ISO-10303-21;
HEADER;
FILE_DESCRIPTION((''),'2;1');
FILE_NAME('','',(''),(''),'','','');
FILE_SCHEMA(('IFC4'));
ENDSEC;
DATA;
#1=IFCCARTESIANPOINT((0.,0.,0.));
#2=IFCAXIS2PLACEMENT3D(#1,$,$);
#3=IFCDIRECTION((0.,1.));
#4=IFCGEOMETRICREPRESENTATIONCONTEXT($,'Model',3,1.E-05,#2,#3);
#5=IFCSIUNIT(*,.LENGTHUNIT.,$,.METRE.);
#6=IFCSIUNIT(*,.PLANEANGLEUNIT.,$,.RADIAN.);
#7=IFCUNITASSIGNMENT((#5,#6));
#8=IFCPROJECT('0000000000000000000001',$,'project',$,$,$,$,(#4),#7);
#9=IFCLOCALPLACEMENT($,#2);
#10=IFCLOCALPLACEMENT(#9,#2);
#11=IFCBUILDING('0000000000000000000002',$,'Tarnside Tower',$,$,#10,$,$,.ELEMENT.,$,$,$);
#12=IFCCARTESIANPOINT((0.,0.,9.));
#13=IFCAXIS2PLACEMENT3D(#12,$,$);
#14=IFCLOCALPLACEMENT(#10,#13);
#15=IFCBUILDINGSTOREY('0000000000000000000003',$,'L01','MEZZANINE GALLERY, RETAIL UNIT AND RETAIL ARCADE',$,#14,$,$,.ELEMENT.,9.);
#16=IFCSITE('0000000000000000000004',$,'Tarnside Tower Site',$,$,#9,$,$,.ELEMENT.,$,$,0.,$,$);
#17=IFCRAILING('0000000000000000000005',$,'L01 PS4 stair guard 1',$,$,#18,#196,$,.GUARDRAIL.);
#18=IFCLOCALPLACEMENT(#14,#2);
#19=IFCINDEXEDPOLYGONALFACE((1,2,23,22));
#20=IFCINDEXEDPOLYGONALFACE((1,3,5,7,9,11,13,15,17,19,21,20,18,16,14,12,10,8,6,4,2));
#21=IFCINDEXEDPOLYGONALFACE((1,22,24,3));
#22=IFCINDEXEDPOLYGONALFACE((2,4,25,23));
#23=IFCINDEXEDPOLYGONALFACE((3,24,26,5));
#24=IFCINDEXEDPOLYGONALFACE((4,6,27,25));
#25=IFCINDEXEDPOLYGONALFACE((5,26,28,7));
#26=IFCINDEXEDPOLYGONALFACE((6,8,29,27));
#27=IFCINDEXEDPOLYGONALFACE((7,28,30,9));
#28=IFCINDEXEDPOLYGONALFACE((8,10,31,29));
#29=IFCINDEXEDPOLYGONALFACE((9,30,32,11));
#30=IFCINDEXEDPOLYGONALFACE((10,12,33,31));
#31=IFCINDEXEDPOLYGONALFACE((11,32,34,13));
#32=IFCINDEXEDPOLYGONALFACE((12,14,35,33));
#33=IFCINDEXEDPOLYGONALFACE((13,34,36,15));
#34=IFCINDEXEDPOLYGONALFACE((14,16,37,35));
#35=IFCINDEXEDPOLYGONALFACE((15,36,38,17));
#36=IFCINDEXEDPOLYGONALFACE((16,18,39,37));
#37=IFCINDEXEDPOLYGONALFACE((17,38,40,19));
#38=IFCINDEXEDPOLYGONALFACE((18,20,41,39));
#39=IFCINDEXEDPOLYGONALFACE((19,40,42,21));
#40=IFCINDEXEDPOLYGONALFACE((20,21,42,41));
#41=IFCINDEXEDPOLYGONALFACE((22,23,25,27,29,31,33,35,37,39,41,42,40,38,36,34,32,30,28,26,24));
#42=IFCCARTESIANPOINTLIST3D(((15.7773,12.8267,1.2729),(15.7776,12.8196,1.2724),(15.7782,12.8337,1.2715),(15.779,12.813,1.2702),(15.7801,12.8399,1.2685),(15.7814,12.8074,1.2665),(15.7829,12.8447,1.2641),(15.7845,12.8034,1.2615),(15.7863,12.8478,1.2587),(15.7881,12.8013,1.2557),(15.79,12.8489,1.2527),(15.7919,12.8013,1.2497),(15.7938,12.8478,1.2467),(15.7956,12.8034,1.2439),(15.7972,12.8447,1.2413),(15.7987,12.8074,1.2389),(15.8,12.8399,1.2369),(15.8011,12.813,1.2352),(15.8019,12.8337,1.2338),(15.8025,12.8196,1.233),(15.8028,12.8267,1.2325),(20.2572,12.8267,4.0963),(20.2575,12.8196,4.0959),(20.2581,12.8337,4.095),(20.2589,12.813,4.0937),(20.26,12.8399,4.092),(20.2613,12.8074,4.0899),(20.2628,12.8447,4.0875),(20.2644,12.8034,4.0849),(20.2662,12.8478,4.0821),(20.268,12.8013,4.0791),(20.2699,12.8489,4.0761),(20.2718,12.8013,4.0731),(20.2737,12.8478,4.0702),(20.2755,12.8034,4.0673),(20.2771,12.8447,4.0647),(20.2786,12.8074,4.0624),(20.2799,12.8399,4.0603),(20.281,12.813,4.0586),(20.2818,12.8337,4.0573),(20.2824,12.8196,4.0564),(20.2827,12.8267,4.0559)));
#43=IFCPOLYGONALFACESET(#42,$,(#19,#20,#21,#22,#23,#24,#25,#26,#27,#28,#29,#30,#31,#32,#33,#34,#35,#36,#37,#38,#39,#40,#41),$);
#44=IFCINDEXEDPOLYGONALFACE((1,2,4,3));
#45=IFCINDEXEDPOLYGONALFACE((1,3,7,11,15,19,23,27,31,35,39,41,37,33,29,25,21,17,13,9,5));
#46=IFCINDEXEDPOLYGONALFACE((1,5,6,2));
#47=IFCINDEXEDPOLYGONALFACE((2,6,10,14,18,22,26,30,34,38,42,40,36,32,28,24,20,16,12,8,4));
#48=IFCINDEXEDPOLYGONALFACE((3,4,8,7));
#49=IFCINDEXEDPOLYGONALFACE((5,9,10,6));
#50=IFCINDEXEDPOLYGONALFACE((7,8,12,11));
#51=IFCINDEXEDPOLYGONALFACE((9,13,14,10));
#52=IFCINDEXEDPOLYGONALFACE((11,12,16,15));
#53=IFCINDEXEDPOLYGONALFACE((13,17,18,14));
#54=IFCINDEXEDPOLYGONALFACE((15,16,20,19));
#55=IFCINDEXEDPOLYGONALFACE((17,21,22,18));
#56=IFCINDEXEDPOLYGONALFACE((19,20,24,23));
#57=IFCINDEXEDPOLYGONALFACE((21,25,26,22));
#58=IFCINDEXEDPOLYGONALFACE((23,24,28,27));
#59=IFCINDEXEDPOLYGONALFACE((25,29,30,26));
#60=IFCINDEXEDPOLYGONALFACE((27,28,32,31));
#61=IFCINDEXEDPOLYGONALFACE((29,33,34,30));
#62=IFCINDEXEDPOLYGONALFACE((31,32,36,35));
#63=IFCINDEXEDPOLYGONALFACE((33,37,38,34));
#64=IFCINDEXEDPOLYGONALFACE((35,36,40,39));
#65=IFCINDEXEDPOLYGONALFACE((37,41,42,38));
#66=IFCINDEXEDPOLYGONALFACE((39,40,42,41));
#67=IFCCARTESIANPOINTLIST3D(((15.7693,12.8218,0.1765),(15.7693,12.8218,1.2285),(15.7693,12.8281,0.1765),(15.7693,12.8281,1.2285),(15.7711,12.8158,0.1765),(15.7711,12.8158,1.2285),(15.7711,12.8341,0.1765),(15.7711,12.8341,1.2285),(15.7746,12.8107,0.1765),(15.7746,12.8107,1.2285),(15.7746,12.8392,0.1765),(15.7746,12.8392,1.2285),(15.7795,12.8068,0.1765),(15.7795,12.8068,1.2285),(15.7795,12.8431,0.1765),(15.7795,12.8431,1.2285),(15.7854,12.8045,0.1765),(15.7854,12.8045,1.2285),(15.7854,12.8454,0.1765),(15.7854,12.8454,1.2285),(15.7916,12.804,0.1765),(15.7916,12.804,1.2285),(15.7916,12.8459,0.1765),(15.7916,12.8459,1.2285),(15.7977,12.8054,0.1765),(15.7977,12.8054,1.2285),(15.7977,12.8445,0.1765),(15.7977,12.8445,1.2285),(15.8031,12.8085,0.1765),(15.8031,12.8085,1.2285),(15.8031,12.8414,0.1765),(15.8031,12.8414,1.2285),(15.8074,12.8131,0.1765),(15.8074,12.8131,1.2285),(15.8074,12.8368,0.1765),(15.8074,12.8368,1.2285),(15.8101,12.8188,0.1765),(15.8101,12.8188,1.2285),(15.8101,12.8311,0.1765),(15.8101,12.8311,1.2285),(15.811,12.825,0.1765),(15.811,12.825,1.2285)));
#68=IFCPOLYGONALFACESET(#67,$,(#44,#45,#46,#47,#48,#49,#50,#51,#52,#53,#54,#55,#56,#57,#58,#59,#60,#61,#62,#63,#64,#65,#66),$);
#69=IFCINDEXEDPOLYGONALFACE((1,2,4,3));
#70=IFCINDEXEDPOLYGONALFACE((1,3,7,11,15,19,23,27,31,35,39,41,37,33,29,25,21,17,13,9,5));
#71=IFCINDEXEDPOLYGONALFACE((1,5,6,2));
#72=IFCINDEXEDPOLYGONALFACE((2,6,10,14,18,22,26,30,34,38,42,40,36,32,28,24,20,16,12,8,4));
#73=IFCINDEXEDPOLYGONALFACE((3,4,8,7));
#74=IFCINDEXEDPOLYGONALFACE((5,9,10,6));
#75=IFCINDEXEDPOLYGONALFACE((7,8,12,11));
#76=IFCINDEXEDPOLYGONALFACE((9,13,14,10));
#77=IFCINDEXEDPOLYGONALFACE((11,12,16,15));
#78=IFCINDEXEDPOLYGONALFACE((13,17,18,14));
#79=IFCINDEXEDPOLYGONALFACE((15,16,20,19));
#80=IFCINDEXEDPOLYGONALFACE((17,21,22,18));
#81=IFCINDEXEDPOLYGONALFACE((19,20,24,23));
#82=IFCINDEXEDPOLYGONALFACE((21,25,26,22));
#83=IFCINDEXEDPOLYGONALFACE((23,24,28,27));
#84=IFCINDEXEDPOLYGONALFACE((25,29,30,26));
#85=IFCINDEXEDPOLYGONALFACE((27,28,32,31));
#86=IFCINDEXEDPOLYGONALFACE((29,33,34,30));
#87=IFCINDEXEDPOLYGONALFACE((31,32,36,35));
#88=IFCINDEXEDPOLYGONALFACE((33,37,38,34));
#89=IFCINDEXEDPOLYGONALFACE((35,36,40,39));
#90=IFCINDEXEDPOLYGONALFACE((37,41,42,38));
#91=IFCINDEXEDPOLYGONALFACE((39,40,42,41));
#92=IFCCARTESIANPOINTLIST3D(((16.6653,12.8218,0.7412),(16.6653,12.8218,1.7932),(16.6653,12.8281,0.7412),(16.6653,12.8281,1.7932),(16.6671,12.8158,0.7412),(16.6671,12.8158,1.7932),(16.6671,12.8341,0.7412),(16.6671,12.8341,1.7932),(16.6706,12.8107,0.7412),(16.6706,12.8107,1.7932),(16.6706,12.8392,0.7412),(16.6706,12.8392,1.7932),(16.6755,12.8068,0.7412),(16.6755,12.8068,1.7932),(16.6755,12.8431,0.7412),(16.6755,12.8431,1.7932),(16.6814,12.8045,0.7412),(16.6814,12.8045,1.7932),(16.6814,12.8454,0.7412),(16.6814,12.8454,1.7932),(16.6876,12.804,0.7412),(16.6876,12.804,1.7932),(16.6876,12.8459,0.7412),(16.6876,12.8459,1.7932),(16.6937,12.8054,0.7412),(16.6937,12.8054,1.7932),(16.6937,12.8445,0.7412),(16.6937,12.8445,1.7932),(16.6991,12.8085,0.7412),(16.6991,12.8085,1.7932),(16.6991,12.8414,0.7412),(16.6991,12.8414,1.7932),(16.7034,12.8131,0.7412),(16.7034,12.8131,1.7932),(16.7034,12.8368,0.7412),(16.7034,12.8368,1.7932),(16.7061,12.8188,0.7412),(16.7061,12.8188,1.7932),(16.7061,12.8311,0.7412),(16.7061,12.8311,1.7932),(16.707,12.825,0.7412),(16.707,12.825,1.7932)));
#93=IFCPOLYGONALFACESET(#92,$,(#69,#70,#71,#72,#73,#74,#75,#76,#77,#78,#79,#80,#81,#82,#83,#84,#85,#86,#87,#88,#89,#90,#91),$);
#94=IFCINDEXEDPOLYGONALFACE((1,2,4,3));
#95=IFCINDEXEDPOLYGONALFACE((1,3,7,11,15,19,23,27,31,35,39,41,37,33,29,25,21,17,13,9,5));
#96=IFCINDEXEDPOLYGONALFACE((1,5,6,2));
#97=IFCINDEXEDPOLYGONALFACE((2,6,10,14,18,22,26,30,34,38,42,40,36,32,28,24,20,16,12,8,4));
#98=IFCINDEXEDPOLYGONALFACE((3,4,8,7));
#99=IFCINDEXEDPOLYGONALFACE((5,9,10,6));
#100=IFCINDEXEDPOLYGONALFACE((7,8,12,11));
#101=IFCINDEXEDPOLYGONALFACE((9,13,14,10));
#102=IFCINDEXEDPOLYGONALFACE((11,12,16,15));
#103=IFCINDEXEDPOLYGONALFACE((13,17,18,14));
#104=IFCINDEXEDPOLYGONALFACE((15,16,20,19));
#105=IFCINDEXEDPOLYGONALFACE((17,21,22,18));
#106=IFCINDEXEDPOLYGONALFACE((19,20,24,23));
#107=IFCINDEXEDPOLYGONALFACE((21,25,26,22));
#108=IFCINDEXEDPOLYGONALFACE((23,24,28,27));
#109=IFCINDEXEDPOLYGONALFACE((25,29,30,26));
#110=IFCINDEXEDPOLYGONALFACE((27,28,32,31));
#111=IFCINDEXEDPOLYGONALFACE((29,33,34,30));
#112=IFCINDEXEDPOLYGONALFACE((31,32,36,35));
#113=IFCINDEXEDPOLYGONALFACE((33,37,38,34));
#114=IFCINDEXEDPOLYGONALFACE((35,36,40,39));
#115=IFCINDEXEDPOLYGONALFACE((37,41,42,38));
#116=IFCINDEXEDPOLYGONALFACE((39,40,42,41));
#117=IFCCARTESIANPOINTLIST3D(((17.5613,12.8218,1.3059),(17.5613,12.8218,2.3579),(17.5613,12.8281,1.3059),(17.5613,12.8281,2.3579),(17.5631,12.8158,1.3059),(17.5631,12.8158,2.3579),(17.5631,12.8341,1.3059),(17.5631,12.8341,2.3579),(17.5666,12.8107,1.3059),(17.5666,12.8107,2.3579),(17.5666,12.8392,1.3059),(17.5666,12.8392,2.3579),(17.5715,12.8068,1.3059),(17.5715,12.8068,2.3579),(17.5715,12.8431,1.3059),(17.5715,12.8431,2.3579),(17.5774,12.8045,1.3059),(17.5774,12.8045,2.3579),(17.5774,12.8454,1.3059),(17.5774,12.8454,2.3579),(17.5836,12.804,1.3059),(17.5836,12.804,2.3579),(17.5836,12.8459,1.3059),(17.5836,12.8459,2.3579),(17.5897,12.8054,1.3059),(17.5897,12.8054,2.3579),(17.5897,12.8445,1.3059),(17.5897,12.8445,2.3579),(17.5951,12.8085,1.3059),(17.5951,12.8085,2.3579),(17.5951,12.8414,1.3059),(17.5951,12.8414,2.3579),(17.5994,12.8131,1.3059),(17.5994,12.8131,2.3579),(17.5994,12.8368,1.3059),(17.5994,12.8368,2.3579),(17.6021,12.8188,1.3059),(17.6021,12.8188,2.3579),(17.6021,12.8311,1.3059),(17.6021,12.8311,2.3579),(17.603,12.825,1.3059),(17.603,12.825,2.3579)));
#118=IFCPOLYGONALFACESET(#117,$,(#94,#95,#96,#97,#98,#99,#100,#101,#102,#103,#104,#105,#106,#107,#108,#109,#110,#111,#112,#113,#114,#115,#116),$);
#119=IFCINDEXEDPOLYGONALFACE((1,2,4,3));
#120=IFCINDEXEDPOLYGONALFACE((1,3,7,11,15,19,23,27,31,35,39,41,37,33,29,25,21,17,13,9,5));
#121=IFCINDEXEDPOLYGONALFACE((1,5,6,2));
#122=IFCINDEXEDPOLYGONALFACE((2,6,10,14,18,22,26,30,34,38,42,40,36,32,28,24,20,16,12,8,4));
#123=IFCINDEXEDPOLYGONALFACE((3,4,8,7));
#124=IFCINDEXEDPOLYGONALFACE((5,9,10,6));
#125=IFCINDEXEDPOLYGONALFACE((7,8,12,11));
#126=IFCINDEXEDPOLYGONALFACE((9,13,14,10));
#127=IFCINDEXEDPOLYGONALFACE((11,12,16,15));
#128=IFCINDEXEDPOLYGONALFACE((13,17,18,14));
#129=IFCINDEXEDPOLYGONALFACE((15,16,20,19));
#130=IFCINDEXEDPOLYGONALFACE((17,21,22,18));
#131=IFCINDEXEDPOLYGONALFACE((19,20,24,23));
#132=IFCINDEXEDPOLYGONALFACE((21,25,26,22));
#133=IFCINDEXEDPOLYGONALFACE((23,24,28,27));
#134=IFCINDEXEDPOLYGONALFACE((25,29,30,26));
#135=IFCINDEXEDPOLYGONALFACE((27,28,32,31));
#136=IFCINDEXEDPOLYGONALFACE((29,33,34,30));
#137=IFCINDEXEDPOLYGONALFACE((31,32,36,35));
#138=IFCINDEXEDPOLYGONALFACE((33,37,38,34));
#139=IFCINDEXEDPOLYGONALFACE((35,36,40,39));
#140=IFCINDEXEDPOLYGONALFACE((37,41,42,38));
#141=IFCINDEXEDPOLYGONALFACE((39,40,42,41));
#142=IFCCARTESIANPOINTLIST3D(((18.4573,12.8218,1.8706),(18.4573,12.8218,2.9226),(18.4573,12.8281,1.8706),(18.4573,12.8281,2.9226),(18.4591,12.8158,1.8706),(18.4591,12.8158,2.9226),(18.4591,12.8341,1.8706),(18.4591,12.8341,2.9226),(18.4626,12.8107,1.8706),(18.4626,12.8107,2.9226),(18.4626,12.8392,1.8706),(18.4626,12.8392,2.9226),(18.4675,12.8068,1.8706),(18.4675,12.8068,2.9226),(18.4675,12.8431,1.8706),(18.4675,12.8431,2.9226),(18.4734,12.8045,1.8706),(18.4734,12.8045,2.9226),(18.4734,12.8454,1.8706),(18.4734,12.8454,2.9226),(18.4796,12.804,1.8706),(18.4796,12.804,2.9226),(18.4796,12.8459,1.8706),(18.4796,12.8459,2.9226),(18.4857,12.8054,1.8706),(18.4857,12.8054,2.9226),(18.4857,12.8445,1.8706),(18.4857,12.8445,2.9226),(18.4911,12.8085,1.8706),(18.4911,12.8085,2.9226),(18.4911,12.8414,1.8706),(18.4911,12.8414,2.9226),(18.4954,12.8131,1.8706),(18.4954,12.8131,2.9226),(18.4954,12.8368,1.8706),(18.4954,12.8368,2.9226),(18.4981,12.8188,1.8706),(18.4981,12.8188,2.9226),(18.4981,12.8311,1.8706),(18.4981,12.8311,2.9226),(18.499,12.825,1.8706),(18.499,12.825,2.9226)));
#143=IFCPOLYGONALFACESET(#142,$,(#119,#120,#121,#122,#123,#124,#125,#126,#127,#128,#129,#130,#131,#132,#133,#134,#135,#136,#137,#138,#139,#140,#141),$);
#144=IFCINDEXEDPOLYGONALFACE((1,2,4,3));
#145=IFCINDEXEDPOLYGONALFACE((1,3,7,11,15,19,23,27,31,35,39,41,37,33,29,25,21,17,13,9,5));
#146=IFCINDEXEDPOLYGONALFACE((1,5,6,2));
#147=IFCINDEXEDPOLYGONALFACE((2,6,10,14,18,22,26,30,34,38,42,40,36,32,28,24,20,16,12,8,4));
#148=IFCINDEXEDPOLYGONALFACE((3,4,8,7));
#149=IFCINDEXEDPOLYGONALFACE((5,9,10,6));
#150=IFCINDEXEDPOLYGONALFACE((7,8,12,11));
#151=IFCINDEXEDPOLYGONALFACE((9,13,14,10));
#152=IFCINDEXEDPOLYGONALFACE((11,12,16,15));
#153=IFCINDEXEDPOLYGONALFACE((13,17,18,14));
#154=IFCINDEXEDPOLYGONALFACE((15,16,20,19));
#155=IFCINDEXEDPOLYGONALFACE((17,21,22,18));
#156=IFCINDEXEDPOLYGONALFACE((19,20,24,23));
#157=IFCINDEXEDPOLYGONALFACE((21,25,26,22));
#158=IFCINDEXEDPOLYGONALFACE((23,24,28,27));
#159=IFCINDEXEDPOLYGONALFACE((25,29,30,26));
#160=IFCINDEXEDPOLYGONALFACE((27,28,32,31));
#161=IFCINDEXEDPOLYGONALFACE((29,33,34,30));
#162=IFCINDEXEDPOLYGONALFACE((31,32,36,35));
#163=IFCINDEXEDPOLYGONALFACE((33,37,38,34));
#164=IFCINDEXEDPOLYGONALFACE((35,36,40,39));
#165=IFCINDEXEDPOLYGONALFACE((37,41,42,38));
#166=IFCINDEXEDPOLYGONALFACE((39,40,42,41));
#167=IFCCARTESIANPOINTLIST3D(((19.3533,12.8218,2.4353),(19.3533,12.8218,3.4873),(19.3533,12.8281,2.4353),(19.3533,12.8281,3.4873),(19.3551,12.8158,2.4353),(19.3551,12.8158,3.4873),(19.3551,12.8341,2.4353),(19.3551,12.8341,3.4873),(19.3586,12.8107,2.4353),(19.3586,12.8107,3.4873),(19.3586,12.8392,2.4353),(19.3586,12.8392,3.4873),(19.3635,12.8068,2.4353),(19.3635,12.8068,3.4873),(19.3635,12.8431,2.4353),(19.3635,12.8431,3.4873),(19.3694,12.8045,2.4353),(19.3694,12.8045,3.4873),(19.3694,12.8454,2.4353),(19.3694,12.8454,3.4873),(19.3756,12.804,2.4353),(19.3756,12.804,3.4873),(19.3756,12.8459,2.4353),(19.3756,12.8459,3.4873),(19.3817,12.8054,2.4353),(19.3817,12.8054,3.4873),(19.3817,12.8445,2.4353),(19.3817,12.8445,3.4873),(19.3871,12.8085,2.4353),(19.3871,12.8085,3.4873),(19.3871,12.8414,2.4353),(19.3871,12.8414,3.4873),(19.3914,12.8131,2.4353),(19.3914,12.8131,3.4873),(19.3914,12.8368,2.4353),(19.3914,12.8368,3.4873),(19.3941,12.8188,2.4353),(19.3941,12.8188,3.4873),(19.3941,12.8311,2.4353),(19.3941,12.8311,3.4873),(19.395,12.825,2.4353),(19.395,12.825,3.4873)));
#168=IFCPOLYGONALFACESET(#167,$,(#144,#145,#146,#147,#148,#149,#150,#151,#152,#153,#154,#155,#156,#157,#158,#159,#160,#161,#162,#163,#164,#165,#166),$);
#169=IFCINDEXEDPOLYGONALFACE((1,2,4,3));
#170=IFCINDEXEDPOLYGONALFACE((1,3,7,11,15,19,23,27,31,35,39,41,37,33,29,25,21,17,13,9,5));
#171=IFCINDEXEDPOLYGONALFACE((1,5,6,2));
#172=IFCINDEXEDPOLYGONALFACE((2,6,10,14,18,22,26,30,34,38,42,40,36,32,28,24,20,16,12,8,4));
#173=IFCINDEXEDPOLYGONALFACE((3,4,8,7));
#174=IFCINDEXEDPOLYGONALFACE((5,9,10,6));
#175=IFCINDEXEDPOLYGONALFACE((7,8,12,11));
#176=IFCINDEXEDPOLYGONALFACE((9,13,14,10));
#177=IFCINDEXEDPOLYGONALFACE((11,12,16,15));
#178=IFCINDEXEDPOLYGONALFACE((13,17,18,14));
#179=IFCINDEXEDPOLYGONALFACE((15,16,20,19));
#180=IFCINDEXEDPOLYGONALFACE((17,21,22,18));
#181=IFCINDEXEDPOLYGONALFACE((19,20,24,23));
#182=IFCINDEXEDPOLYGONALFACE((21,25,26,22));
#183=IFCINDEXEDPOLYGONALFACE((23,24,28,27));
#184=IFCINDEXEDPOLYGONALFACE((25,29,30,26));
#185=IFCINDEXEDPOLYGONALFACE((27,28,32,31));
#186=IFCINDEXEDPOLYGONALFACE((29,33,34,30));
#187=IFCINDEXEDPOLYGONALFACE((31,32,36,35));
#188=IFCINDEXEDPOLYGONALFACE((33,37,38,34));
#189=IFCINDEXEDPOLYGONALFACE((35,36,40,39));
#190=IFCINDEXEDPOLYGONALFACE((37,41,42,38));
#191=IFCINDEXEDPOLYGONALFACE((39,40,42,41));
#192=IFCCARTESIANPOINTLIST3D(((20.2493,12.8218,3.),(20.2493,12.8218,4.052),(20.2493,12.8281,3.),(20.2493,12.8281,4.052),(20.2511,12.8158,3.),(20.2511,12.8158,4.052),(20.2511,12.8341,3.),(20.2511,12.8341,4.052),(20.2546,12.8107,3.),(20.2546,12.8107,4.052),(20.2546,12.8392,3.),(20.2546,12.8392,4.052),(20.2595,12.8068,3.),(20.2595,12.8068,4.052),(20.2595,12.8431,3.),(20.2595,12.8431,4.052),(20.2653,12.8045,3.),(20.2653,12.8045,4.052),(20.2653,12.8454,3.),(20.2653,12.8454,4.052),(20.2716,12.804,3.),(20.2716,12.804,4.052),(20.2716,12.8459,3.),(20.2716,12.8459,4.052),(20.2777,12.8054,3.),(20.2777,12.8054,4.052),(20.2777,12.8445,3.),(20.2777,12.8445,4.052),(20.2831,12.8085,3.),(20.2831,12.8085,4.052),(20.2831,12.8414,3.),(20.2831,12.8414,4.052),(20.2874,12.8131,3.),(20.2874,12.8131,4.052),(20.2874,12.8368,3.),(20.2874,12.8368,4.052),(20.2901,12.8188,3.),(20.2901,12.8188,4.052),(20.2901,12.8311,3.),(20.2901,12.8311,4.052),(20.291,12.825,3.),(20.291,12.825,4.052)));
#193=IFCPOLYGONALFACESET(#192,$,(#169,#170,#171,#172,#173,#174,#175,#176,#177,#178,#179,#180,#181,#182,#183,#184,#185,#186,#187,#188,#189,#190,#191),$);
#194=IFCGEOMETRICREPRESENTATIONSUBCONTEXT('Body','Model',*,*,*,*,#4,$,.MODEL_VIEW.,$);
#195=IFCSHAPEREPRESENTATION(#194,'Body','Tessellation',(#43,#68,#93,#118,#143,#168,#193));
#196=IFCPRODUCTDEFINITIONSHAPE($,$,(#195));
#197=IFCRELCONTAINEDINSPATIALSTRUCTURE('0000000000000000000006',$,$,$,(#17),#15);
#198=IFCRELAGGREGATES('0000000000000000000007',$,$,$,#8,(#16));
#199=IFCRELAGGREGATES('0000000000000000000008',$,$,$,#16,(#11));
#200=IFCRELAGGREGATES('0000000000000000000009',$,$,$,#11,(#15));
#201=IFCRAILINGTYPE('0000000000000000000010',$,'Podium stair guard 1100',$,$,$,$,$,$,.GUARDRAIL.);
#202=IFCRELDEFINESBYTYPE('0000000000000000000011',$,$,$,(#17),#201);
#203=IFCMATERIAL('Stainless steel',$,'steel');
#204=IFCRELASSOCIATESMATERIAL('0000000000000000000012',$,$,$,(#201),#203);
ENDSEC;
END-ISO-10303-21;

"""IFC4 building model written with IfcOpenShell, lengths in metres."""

from ifc_helpers import new_model, si_unit, direction, frame, origin, origin_2d, place, context, subcontext, project, spatial, circle, extrude, material, type_object, element, save


model = new_model("IFC4")

# Units and contexts
model_context = context("Model", 3, precision=1e-05, world=origin(), true_north=direction((0.0, 1.0)))
body_context = subcontext(model_context, "Body", "Model", "MODEL_VIEW")
ifc_project = project(units=[si_unit("LENGTHUNIT", "METRE"), si_unit("PLANEANGLEUNIT", "RADIAN")], contexts=[model_context])

# Site, building, storey
site_placement = place(None, origin())
site = spatial("IfcSite", under=ifc_project, at=site_placement, Name="Tarnside Tower Site", CompositionType="ELEMENT", RefElevation=0.0)
building_placement = place(site_placement, origin())
building = spatial("IfcBuilding", under=site, at=building_placement, Name="Tarnside Tower", CompositionType="ELEMENT")
storey_placement = place(building_placement, frame((0.0, 0.0, 9.0)))
storey = spatial("IfcBuildingStorey", under=building, at=storey_placement, Name="L01", Description="MEZZANINE GALLERY, RETAIL UNIT AND RETAIL ARCADE", CompositionType="ELEMENT", Elevation=9.0)

# Railing
ifc_material_1 = material(Name="Stainless steel", Category="steel")
railing_type_1 = type_object("IfcRailingType", Name="Podium stair guard 1100", PredefinedType="GUARDRAIL", material=ifc_material_1)
railing_1_placement = place(storey_placement, frame((15.79, 12.825, 0.1765)))
element("IfcRailing", 1, at=railing_1_placement, inside=storey, type_object=railing_type_1, Name="L01 PS4 stair guard 1", PredefinedType="GUARDRAIL", context=body_context, shape_type="SweptSolid", body=[
    extrude(circle(Radius=0.0239, at=origin_2d()), frame((0.0, 0.0, 1.0762), z_axis=(0.845998, 0.0, 0.533186), x_axis=(0.0, 1.0, 0.0)), (0.0, 0.0, 1.0), 5.2954),
    extrude(circle(Radius=0.021, at=origin_2d()), origin(), (0.0, 0.0, 1.0), 1.052),
    extrude(circle(Radius=0.021, at=origin_2d()), frame((0.896, 0.0, 0.5647)), (0.0, 0.0, 1.0), 1.052),
    extrude(circle(Radius=0.021, at=origin_2d()), frame((1.792, 0.0, 1.1294)), (0.0, 0.0, 1.0), 1.052),
    extrude(circle(Radius=0.021, at=origin_2d()), frame((2.688, 0.0, 1.6941)), (0.0, 0.0, 1.0), 1.052),
    extrude(circle(Radius=0.021, at=origin_2d()), frame((3.584, 0.0, 2.2588)), (0.0, 0.0, 1.0), 1.052),
    extrude(circle(Radius=0.021, at=origin_2d()), frame((4.48, 0.0, 2.8235)), (0.0, 0.0, 1.0), 1.052),
])

save(model, "model.ifc")
